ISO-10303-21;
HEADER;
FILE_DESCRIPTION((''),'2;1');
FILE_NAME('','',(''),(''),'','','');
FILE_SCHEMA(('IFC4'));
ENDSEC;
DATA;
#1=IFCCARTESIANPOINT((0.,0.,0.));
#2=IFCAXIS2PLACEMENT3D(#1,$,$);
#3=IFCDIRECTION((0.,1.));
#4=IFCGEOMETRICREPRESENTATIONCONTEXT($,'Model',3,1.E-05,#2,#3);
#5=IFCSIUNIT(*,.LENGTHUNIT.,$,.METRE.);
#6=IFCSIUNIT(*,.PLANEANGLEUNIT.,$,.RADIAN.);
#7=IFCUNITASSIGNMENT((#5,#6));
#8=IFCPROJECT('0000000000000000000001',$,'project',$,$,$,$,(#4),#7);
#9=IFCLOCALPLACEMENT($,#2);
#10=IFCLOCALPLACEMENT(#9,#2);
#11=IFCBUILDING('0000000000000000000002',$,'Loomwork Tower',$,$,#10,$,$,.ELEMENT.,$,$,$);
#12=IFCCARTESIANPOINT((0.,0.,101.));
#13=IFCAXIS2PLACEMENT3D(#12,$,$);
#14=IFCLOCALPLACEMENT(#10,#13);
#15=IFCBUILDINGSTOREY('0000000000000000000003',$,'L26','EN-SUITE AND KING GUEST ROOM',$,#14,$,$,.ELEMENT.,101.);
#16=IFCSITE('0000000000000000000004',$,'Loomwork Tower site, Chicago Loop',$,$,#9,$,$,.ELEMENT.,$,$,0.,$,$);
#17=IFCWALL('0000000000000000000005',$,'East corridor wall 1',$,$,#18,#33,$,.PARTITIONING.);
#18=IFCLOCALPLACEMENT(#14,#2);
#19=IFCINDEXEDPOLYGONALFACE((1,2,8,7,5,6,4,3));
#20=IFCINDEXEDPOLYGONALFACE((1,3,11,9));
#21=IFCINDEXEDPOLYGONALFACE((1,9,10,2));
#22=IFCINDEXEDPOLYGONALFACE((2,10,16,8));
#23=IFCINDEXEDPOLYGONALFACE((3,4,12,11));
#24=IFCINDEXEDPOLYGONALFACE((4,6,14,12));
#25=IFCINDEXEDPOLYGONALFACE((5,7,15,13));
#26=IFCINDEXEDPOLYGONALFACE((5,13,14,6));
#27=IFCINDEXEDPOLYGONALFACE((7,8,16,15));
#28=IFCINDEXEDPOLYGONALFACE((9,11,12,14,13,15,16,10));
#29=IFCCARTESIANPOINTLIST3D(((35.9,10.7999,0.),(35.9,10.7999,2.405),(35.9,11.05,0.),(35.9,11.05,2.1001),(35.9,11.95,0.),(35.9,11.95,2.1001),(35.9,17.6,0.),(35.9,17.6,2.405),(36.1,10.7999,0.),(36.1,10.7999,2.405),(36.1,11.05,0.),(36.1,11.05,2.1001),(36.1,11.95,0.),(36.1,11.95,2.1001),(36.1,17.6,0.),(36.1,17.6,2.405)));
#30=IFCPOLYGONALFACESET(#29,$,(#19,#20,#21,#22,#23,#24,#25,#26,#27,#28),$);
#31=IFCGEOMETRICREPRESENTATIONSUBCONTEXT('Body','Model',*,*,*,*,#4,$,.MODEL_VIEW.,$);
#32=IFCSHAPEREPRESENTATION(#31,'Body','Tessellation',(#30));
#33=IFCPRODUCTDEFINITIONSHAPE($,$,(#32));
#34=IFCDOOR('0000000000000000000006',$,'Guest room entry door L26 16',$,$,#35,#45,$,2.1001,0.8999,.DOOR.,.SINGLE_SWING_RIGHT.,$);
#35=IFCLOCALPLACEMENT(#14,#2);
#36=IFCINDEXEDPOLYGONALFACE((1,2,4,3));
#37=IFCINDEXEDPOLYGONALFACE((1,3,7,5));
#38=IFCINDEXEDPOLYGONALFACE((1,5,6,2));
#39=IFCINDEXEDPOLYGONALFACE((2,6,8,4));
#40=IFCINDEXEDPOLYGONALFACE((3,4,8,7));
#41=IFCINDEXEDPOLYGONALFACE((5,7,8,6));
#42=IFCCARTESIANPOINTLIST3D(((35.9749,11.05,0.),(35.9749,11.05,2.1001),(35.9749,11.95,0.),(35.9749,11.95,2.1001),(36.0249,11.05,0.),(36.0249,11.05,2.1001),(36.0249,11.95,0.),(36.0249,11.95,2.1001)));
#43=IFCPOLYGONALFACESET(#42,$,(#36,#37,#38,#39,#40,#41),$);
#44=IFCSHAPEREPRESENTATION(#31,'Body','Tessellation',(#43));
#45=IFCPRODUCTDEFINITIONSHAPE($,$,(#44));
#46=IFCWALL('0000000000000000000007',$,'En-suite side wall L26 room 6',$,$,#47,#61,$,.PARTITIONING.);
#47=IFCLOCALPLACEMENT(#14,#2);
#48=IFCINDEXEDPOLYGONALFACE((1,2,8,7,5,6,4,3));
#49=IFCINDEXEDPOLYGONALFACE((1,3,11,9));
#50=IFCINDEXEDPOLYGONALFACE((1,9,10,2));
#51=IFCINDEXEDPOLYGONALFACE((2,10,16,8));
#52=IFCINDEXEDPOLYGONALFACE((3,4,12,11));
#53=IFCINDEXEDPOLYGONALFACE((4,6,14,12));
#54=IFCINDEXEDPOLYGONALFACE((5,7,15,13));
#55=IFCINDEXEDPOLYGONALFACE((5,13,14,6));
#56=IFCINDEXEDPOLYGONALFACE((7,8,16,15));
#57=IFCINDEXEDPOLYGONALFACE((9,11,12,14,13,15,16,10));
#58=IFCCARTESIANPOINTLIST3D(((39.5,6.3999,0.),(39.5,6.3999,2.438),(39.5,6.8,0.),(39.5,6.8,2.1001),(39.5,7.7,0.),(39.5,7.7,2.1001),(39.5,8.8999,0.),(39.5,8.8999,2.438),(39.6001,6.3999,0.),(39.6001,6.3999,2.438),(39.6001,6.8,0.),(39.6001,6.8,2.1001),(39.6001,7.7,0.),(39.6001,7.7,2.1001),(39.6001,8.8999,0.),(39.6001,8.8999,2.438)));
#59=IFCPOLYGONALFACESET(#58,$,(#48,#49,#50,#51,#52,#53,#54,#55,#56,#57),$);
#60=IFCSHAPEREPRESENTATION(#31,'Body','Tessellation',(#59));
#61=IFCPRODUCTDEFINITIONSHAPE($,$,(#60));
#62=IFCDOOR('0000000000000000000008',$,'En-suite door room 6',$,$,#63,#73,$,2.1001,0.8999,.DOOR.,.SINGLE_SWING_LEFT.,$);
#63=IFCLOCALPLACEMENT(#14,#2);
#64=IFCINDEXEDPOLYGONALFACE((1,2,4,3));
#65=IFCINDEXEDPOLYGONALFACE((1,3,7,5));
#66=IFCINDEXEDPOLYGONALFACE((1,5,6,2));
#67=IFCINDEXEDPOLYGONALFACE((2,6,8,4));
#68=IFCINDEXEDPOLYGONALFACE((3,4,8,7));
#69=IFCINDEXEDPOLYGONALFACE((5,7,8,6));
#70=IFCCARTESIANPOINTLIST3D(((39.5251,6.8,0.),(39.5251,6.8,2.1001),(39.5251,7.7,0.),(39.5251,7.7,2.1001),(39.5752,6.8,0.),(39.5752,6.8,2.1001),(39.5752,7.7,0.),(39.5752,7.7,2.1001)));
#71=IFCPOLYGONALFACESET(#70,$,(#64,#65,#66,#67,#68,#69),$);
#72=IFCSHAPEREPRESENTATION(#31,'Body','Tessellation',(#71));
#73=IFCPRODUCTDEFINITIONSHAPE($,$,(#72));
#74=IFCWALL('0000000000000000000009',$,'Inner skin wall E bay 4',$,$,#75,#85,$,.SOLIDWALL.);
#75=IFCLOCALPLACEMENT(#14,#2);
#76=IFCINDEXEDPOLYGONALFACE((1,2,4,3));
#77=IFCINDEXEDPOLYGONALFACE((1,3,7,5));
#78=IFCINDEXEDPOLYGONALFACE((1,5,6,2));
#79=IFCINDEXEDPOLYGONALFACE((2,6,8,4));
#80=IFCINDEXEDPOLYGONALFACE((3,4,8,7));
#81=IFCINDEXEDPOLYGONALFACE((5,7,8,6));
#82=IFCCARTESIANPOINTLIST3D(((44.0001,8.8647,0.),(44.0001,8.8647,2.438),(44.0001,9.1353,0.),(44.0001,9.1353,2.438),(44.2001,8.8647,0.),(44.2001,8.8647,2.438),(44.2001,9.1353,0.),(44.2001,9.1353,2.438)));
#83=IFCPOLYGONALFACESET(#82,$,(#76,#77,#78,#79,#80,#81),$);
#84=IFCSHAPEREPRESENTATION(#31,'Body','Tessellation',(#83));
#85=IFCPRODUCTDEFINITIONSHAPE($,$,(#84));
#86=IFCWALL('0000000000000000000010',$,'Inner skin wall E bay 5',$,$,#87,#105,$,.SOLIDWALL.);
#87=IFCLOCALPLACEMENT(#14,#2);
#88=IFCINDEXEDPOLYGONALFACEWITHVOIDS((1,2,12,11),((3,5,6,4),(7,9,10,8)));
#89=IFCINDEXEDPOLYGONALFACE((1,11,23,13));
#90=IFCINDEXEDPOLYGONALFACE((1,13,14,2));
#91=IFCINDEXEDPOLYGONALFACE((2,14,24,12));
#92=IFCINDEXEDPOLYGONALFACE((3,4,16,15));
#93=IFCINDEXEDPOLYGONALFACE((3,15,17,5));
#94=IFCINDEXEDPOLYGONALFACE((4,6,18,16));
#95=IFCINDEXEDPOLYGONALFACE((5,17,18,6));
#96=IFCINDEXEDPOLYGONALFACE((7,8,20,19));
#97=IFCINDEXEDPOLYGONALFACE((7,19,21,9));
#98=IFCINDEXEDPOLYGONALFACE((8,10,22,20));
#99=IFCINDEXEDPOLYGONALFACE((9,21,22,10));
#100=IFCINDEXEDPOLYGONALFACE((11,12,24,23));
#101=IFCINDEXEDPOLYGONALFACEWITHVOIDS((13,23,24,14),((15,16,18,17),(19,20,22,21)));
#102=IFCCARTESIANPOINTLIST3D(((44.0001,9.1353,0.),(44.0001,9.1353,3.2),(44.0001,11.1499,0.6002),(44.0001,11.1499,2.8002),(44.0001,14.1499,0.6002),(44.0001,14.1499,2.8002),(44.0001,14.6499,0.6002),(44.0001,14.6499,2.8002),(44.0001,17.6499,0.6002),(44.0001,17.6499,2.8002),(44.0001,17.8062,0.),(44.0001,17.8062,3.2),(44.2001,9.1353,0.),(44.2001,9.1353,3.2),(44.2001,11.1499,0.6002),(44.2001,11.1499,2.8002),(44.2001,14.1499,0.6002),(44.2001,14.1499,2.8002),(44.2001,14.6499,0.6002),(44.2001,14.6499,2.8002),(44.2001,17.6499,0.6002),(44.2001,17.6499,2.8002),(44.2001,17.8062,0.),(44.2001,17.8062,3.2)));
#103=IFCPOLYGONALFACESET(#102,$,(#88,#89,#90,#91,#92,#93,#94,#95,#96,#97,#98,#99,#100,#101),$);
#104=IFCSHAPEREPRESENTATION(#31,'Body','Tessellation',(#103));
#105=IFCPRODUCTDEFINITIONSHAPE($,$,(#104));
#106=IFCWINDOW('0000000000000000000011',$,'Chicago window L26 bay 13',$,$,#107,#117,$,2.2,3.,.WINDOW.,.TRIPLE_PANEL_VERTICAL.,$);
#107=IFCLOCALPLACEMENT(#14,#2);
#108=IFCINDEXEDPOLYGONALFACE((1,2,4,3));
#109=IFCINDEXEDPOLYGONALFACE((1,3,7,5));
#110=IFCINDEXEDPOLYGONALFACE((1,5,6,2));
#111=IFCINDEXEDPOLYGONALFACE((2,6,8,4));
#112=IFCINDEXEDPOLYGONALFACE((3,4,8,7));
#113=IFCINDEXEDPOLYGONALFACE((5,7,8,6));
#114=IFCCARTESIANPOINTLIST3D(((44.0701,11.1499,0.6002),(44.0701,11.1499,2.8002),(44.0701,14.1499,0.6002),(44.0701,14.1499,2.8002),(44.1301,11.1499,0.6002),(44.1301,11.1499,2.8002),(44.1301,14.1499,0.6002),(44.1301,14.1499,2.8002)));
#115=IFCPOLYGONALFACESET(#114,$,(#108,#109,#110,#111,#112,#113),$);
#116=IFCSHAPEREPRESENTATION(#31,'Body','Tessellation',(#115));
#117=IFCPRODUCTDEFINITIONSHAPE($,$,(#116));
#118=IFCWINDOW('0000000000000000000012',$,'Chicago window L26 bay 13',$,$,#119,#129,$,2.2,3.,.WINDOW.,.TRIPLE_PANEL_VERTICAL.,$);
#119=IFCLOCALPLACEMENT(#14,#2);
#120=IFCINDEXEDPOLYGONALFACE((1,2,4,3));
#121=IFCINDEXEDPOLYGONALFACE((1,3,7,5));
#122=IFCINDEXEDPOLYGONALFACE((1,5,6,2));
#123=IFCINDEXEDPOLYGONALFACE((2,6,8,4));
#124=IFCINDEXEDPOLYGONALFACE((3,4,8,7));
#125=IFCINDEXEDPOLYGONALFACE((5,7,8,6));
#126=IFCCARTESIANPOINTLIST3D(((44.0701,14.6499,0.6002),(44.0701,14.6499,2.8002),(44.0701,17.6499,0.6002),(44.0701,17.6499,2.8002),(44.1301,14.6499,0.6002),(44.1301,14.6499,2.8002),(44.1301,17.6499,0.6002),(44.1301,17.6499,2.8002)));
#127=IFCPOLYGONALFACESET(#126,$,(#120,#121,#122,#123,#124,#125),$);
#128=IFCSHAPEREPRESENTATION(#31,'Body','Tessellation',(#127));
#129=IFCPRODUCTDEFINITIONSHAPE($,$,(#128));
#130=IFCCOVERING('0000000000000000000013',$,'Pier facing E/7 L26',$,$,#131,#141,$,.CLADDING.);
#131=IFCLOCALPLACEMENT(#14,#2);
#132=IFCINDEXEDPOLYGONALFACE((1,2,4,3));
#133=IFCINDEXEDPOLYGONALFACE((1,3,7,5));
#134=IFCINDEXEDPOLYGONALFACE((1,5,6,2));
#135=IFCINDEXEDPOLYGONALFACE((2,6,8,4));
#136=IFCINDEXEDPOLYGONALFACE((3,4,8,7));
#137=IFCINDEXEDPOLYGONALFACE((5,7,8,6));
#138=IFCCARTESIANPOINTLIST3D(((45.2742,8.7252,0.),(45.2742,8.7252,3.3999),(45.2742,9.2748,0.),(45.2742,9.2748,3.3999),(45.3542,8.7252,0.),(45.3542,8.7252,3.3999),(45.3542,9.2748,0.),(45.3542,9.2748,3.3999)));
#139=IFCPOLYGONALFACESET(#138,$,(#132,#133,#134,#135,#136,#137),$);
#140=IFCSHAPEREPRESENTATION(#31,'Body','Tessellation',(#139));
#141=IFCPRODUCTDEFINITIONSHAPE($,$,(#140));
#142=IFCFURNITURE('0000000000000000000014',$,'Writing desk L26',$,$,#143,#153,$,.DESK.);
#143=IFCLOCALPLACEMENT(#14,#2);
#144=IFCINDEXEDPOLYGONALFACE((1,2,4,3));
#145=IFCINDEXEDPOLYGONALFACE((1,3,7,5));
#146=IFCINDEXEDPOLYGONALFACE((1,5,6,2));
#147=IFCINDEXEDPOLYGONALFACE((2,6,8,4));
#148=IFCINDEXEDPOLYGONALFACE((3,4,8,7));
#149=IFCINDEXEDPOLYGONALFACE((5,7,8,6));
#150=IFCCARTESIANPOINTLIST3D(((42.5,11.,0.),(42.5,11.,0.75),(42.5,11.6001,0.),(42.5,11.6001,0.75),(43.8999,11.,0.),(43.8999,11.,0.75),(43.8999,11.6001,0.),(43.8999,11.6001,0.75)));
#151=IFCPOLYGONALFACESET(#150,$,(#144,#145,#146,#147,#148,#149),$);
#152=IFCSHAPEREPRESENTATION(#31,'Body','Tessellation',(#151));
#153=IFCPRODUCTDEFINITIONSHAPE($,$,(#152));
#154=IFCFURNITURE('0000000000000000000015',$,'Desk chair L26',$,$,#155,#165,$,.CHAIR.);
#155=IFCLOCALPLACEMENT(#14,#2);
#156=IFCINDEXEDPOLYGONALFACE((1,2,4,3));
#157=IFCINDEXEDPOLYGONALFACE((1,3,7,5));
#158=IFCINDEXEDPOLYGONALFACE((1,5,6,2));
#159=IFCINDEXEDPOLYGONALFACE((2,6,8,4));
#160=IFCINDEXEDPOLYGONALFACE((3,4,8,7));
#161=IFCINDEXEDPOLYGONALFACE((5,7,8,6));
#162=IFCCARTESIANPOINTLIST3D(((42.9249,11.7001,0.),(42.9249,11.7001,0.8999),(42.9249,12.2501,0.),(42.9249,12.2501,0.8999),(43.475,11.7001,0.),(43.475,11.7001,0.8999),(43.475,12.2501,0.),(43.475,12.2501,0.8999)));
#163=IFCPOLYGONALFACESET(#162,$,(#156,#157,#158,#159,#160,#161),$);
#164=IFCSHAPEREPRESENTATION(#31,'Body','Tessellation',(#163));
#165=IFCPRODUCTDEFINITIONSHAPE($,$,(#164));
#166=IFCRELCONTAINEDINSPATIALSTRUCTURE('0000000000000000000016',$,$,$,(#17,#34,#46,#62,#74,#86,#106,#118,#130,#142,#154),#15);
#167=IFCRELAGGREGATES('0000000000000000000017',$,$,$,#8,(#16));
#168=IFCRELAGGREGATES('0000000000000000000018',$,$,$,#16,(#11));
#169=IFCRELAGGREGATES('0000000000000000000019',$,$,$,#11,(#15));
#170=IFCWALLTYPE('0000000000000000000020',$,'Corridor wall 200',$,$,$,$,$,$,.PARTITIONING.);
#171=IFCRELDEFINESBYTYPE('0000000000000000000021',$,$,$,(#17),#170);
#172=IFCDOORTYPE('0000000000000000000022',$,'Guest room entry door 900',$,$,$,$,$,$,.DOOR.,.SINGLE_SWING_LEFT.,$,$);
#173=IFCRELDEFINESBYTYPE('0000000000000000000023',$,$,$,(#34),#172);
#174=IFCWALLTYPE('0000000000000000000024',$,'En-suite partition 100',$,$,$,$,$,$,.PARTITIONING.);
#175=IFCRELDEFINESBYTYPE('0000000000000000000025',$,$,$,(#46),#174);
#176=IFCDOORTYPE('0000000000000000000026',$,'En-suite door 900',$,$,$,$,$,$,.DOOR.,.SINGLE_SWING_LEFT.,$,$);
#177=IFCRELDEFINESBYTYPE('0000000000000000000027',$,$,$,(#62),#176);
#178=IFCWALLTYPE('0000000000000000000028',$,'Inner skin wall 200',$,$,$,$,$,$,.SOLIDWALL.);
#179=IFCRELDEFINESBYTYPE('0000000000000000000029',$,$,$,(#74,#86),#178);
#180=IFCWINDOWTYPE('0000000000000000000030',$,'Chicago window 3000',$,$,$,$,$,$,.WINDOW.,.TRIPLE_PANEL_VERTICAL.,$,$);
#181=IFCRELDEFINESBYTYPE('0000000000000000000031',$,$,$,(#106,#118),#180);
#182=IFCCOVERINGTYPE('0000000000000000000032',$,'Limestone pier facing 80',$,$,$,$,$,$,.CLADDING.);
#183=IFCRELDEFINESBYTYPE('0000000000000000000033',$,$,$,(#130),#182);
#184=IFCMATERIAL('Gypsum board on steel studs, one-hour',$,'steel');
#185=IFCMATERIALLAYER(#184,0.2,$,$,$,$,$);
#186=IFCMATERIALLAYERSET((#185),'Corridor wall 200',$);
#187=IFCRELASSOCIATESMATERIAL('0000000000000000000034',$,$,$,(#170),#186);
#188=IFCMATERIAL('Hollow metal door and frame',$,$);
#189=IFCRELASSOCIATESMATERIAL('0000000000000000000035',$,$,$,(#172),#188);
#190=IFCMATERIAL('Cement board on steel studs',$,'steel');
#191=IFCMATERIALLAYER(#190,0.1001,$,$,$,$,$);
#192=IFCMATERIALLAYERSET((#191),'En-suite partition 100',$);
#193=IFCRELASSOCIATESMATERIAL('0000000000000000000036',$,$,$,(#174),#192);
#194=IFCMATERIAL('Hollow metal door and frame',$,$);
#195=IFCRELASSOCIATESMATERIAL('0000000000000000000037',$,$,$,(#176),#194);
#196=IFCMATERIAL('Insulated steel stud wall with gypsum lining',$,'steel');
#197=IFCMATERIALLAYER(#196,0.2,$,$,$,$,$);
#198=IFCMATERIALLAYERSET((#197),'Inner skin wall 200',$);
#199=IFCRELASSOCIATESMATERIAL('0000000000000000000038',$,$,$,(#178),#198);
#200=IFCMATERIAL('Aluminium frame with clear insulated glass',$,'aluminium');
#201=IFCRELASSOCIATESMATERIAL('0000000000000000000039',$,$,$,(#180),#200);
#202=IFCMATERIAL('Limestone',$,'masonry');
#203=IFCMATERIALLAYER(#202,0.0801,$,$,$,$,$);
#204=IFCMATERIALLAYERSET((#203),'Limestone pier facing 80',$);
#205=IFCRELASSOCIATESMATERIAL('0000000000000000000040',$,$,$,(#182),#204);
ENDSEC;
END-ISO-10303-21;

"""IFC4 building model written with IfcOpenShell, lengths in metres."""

from ifc_helpers import new_model, si_unit, direction, frame, frame_2d, origin, origin_2d, place, context, subcontext, project, spatial, rectangle, extrude, material, layer, layer_set, type_object, element, fill, save


model = new_model("IFC4")

# Units and contexts
model_context = context("Model", 3, precision=1e-05, world=origin(), true_north=direction((0.0, 1.0)))
body_context = subcontext(model_context, "Body", "Model", "MODEL_VIEW")
ifc_project = project(units=[si_unit("LENGTHUNIT", "METRE"), si_unit("PLANEANGLEUNIT", "RADIAN")], contexts=[model_context])

# Site, building, storey
site_placement = place(None, origin())
site = spatial("IfcSite", under=ifc_project, at=site_placement, Name="Loomwork Tower site, Chicago Loop", CompositionType="ELEMENT", RefElevation=0.0)
building_placement = place(site_placement, origin())
building = spatial("IfcBuilding", under=site, at=building_placement, Name="Loomwork Tower", CompositionType="ELEMENT")
storey_placement = place(building_placement, frame((0.0, 0.0, 101.0)))
storey = spatial("IfcBuildingStorey", under=building, at=storey_placement, Name="L26", Description="EN-SUITE AND KING GUEST ROOM", CompositionType="ELEMENT", Elevation=101.0)

# Walls, openings, doors
ifc_material_1 = material(Name="Gypsum board on steel studs, one-hour", Category="steel")
ifc_layer_1 = layer(ifc_material_1, 0.2)
ifc_layer_set_1 = layer_set([ifc_layer_1], Name="Corridor wall 200")
wall_type_1 = type_object("IfcWallType", Name="Corridor wall 200", PredefinedType="PARTITIONING", material=ifc_layer_set_1)
ifc_material_2 = material(Name="Hollow metal door and frame")
door_type_1 = type_object("IfcDoorType", Name="Guest room entry door 900", OperationType="SINGLE_SWING_LEFT", PredefinedType="DOOR", material=ifc_material_2)
wall_1_placement = place(storey_placement, frame((36.0, 10.8, 0.0), z_axis=(0.0, 0.0, 1.0), x_axis=(0.0, 1.0, 0.0)))
wall_1 = element("IfcWall", 1, at=wall_1_placement, inside=storey, type_object=wall_type_1, Name="East corridor wall 1", PredefinedType="PARTITIONING", context=body_context, shape_type="SweptSolid", body=[
    extrude(rectangle(XDim=6.8, YDim=0.2, at=frame_2d((3.3999, 0.0))), origin(), (0.0, 0.0, 1.0), 2.405),
])
opening_1_placement = place(wall_1_placement, frame((0.25, 0.0, 0.0)))
opening_1 = element("IfcOpeningElement", 2, at=opening_1_placement, cuts=wall_1, PredefinedType="OPENING", context=body_context, shape_type="SweptSolid", body=[
    extrude(rectangle(XDim=0.8999, YDim=2.1001, at=frame_2d((0.45, 1.05))), frame((0.0, 0.1099, 0.0), z_axis=(0.0, -1.0, 0.0), x_axis=(1.0, 0.0, 0.0)), (0.0, 0.0, 1.0), 0.22),
])
door_1_placement = place(opening_1_placement, frame((0.8999, 0.0, 0.0), z_axis=(0.0, 0.0, 1.0), x_axis=(-1.0, 0.0, 0.0)))
door_1 = element("IfcDoor", 3, at=door_1_placement, inside=storey, type_object=door_type_1, Name="Guest room entry door L26 16", OperationType="SINGLE_SWING_RIGHT", OverallHeight=2.1001, OverallWidth=0.8999, PredefinedType="DOOR", context=body_context, shape_type="SweptSolid", body=[
    extrude(rectangle(XDim=0.8999, YDim=2.1001, at=frame_2d((0.45, 1.05))), frame((0.0, 0.0249, 0.0), z_axis=(0.0, -1.0, 0.0), x_axis=(1.0, 0.0, 0.0)), (0.0, 0.0, 1.0), 0.05),
])
fill(opening_1, door_1)
ifc_material_3 = material(Name="Cement board on steel studs", Category="steel")
ifc_layer_2 = layer(ifc_material_3, 0.1001)
ifc_layer_set_2 = layer_set([ifc_layer_2], Name="En-suite partition 100")
wall_type_2 = type_object("IfcWallType", Name="En-suite partition 100", PredefinedType="PARTITIONING", material=ifc_layer_set_2)
wall_2_placement = place(storey_placement, frame((39.55, 8.8999, 0.0), z_axis=(0.0, 0.0, 1.0), x_axis=(0.0, -1.0, 0.0)))
wall_2 = element("IfcWall", 4, at=wall_2_placement, inside=storey, type_object=wall_type_2, Name="En-suite side wall L26 room 6", PredefinedType="PARTITIONING", context=body_context, shape_type="SweptSolid", body=[
    extrude(rectangle(XDim=2.5, YDim=0.1001, at=frame_2d((1.25, 0.0))), origin(), (0.0, 0.0, 1.0), 2.438),
])
opening_2_placement = place(wall_2_placement, frame((1.2, 0.0, 0.0)))
opening_2 = element("IfcOpeningElement", 5, at=opening_2_placement, cuts=wall_2, PredefinedType="OPENING", context=body_context, shape_type="SweptSolid", body=[
    extrude(rectangle(XDim=0.8999, YDim=2.1001, at=frame_2d((0.45, 1.05))), frame((0.0, 0.0601, 0.0), z_axis=(0.0, -1.0, 0.0), x_axis=(1.0, 0.0, 0.0)), (0.0, 0.0, 1.0), 0.1201),
])
ifc_material_4 = material(Name="Hollow metal door and frame")
door_type_2 = type_object("IfcDoorType", Name="En-suite door 900", OperationType="SINGLE_SWING_LEFT", PredefinedType="DOOR", material=ifc_material_4)
door_2_placement = place(opening_2_placement, frame((0.8999, 0.0, 0.0), z_axis=(0.0, 0.0, 1.0), x_axis=(-1.0, 0.0, 0.0)))
door_2 = element("IfcDoor", 6, at=door_2_placement, inside=storey, type_object=door_type_2, Name="En-suite door room 6", OperationType="SINGLE_SWING_LEFT", OverallHeight=2.1001, OverallWidth=0.8999, PredefinedType="DOOR", context=body_context, shape_type="SweptSolid", body=[
    extrude(rectangle(XDim=0.8999, YDim=2.1001, at=frame_2d((0.45, 1.05))), frame((0.0, 0.0249, 0.0), z_axis=(0.0, -1.0, 0.0), x_axis=(1.0, 0.0, 0.0)), (0.0, 0.0, 1.0), 0.05),
])
fill(opening_2, door_2)

# Wall
ifc_material_5 = material(Name="Insulated steel stud wall with gypsum lining", Category="steel")
ifc_layer_3 = layer(ifc_material_5, 0.2)
ifc_layer_set_3 = layer_set([ifc_layer_3], Name="Inner skin wall 200")
wall_type_3 = type_object("IfcWallType", Name="Inner skin wall 200", PredefinedType="SOLIDWALL", material=ifc_layer_set_3)
wall_3_placement = place(storey_placement, frame((44.1001, 8.8647, 0.0), z_axis=(0.0, 0.0, 1.0), x_axis=(0.0, 1.0, 0.0)))
element("IfcWall", 7, at=wall_3_placement, inside=storey, type_object=wall_type_3, Name="Inner skin wall E bay 4", PredefinedType="SOLIDWALL", context=body_context, shape_type="SweptSolid", body=[
    extrude(rectangle(XDim=0.2705, YDim=0.2, at=frame_2d((0.1353, 0.0))), origin(), (0.0, 0.0, 1.0), 2.438),
])

# Wall, openings, windows
wall_4_placement = place(storey_placement, frame((44.1001, 9.1353, 0.0), z_axis=(0.0, 0.0, 1.0), x_axis=(0.0, 1.0, 0.0)))
wall_4 = element("IfcWall", 8, at=wall_4_placement, inside=storey, type_object=wall_type_3, Name="Inner skin wall E bay 5", PredefinedType="SOLIDWALL", context=body_context, shape_type="SweptSolid", body=[
    extrude(rectangle(XDim=8.6709, YDim=0.2, at=frame_2d((4.3354, 0.0))), origin(), (0.0, 0.0, 1.0), 3.2),
])
opening_3_placement = place(wall_4_placement, frame((2.0146, 0.0, 0.6001)))
opening_3 = element("IfcOpeningElement", 9, at=opening_3_placement, cuts=wall_4, PredefinedType="OPENING", context=body_context, shape_type="SweptSolid", body=[
    extrude(rectangle(XDim=3.0, YDim=2.2, at=frame_2d((1.5, 1.1001))), frame((0.0, 0.1099, 0.0), z_axis=(0.0, -1.0, 0.0), x_axis=(1.0, 0.0, 0.0)), (0.0, 0.0, 1.0), 0.22),
])
opening_4_placement = place(wall_4_placement, frame((5.5146, 0.0, 0.6001)))
opening_4 = element("IfcOpeningElement", 10, at=opening_4_placement, cuts=wall_4, PredefinedType="OPENING", context=body_context, shape_type="SweptSolid", body=[
    extrude(rectangle(XDim=3.0, YDim=2.2, at=frame_2d((1.5, 1.1001))), frame((0.0, 0.1099, 0.0), z_axis=(0.0, -1.0, 0.0), x_axis=(1.0, 0.0, 0.0)), (0.0, 0.0, 1.0), 0.22),
])
ifc_material_6 = material(Name="Aluminium frame with clear insulated glass", Category="aluminium")
window_type = type_object("IfcWindowType", Name="Chicago window 3000", PartitioningType="TRIPLE_PANEL_VERTICAL", PredefinedType="WINDOW", material=ifc_material_6)
window_1_placement = place(opening_3_placement, origin())
window_1 = element("IfcWindow", 11, at=window_1_placement, inside=storey, type_object=window_type, Name="Chicago window L26 bay 13", OverallHeight=2.2, OverallWidth=3.0, PartitioningType="TRIPLE_PANEL_VERTICAL", PredefinedType="WINDOW", context=body_context, shape_type="SweptSolid", body=[
    extrude(rectangle(XDim=3.0, YDim=2.2, at=frame_2d((1.5, 1.1001))), frame((0.0, 0.03, 0.0), z_axis=(0.0, -1.0, 0.0), x_axis=(1.0, 0.0, 0.0)), (0.0, 0.0, 1.0), 0.0601),
])
fill(opening_3, window_1)
window_2_placement = place(opening_4_placement, origin())
window_2 = element("IfcWindow", 12, at=window_2_placement, inside=storey, type_object=window_type, Name="Chicago window L26 bay 13", OverallHeight=2.2, OverallWidth=3.0, PartitioningType="TRIPLE_PANEL_VERTICAL", PredefinedType="WINDOW", context=body_context, shape_type="SweptSolid", body=[
    extrude(rectangle(XDim=3.0, YDim=2.2, at=frame_2d((1.5, 1.1001))), frame((0.0, 0.03, 0.0), z_axis=(0.0, -1.0, 0.0), x_axis=(1.0, 0.0, 0.0)), (0.0, 0.0, 1.0), 0.0601),
])
fill(opening_4, window_2)

# Covering
ifc_material_7 = material(Name="Limestone", Category="masonry")
ifc_layer_4 = layer(ifc_material_7, 0.0801)
ifc_layer_set_4 = layer_set([ifc_layer_4], Name="Limestone pier facing 80")
covering_type = type_object("IfcCoveringType", Name="Limestone pier facing 80", PredefinedType="CLADDING", material=ifc_layer_set_4)
covering_placement = place(storey_placement, frame((45.3142, 9.0, 0.0), z_axis=(0.0, 0.0, 1.0), x_axis=(1.0, 0.0, 0.0)))
element("IfcCovering", 13, at=covering_placement, inside=storey, type_object=covering_type, Name="Pier facing E/7 L26", PredefinedType="CLADDING", context=body_context, shape_type="SweptSolid", body=[
    extrude(rectangle(XDim=0.0801, YDim=0.5496, at=origin_2d()), origin(), (0.0, 0.0, 1.0), 3.3999),
])

# Furniture
furniture_1_placement = place(storey_placement, frame((43.2, 11.3, 0.0), z_axis=(0.0, 0.0, 1.0), x_axis=(1.0, 0.0, 0.0)))
element("IfcFurniture", 14, at=furniture_1_placement, inside=storey, Name="Writing desk L26", PredefinedType="DESK", context=body_context, shape_type="SweptSolid", body=[
    extrude(rectangle(XDim=1.3999, YDim=0.6001, at=origin_2d()), origin(), (0.0, 0.0, 1.0), 0.75),
])
furniture_2_placement = place(storey_placement, frame((43.2, 11.9751, 0.0), z_axis=(0.0, 0.0, 1.0), x_axis=(1.0, 0.0, 0.0)))
element("IfcFurniture", 15, at=furniture_2_placement, inside=storey, Name="Desk chair L26", PredefinedType="CHAIR", context=body_context, shape_type="SweptSolid", body=[
    extrude(rectangle(XDim=0.55, YDim=0.55, at=origin_2d()), origin(), (0.0, 0.0, 1.0), 0.8999),
])

save(model, "model.ifc")
